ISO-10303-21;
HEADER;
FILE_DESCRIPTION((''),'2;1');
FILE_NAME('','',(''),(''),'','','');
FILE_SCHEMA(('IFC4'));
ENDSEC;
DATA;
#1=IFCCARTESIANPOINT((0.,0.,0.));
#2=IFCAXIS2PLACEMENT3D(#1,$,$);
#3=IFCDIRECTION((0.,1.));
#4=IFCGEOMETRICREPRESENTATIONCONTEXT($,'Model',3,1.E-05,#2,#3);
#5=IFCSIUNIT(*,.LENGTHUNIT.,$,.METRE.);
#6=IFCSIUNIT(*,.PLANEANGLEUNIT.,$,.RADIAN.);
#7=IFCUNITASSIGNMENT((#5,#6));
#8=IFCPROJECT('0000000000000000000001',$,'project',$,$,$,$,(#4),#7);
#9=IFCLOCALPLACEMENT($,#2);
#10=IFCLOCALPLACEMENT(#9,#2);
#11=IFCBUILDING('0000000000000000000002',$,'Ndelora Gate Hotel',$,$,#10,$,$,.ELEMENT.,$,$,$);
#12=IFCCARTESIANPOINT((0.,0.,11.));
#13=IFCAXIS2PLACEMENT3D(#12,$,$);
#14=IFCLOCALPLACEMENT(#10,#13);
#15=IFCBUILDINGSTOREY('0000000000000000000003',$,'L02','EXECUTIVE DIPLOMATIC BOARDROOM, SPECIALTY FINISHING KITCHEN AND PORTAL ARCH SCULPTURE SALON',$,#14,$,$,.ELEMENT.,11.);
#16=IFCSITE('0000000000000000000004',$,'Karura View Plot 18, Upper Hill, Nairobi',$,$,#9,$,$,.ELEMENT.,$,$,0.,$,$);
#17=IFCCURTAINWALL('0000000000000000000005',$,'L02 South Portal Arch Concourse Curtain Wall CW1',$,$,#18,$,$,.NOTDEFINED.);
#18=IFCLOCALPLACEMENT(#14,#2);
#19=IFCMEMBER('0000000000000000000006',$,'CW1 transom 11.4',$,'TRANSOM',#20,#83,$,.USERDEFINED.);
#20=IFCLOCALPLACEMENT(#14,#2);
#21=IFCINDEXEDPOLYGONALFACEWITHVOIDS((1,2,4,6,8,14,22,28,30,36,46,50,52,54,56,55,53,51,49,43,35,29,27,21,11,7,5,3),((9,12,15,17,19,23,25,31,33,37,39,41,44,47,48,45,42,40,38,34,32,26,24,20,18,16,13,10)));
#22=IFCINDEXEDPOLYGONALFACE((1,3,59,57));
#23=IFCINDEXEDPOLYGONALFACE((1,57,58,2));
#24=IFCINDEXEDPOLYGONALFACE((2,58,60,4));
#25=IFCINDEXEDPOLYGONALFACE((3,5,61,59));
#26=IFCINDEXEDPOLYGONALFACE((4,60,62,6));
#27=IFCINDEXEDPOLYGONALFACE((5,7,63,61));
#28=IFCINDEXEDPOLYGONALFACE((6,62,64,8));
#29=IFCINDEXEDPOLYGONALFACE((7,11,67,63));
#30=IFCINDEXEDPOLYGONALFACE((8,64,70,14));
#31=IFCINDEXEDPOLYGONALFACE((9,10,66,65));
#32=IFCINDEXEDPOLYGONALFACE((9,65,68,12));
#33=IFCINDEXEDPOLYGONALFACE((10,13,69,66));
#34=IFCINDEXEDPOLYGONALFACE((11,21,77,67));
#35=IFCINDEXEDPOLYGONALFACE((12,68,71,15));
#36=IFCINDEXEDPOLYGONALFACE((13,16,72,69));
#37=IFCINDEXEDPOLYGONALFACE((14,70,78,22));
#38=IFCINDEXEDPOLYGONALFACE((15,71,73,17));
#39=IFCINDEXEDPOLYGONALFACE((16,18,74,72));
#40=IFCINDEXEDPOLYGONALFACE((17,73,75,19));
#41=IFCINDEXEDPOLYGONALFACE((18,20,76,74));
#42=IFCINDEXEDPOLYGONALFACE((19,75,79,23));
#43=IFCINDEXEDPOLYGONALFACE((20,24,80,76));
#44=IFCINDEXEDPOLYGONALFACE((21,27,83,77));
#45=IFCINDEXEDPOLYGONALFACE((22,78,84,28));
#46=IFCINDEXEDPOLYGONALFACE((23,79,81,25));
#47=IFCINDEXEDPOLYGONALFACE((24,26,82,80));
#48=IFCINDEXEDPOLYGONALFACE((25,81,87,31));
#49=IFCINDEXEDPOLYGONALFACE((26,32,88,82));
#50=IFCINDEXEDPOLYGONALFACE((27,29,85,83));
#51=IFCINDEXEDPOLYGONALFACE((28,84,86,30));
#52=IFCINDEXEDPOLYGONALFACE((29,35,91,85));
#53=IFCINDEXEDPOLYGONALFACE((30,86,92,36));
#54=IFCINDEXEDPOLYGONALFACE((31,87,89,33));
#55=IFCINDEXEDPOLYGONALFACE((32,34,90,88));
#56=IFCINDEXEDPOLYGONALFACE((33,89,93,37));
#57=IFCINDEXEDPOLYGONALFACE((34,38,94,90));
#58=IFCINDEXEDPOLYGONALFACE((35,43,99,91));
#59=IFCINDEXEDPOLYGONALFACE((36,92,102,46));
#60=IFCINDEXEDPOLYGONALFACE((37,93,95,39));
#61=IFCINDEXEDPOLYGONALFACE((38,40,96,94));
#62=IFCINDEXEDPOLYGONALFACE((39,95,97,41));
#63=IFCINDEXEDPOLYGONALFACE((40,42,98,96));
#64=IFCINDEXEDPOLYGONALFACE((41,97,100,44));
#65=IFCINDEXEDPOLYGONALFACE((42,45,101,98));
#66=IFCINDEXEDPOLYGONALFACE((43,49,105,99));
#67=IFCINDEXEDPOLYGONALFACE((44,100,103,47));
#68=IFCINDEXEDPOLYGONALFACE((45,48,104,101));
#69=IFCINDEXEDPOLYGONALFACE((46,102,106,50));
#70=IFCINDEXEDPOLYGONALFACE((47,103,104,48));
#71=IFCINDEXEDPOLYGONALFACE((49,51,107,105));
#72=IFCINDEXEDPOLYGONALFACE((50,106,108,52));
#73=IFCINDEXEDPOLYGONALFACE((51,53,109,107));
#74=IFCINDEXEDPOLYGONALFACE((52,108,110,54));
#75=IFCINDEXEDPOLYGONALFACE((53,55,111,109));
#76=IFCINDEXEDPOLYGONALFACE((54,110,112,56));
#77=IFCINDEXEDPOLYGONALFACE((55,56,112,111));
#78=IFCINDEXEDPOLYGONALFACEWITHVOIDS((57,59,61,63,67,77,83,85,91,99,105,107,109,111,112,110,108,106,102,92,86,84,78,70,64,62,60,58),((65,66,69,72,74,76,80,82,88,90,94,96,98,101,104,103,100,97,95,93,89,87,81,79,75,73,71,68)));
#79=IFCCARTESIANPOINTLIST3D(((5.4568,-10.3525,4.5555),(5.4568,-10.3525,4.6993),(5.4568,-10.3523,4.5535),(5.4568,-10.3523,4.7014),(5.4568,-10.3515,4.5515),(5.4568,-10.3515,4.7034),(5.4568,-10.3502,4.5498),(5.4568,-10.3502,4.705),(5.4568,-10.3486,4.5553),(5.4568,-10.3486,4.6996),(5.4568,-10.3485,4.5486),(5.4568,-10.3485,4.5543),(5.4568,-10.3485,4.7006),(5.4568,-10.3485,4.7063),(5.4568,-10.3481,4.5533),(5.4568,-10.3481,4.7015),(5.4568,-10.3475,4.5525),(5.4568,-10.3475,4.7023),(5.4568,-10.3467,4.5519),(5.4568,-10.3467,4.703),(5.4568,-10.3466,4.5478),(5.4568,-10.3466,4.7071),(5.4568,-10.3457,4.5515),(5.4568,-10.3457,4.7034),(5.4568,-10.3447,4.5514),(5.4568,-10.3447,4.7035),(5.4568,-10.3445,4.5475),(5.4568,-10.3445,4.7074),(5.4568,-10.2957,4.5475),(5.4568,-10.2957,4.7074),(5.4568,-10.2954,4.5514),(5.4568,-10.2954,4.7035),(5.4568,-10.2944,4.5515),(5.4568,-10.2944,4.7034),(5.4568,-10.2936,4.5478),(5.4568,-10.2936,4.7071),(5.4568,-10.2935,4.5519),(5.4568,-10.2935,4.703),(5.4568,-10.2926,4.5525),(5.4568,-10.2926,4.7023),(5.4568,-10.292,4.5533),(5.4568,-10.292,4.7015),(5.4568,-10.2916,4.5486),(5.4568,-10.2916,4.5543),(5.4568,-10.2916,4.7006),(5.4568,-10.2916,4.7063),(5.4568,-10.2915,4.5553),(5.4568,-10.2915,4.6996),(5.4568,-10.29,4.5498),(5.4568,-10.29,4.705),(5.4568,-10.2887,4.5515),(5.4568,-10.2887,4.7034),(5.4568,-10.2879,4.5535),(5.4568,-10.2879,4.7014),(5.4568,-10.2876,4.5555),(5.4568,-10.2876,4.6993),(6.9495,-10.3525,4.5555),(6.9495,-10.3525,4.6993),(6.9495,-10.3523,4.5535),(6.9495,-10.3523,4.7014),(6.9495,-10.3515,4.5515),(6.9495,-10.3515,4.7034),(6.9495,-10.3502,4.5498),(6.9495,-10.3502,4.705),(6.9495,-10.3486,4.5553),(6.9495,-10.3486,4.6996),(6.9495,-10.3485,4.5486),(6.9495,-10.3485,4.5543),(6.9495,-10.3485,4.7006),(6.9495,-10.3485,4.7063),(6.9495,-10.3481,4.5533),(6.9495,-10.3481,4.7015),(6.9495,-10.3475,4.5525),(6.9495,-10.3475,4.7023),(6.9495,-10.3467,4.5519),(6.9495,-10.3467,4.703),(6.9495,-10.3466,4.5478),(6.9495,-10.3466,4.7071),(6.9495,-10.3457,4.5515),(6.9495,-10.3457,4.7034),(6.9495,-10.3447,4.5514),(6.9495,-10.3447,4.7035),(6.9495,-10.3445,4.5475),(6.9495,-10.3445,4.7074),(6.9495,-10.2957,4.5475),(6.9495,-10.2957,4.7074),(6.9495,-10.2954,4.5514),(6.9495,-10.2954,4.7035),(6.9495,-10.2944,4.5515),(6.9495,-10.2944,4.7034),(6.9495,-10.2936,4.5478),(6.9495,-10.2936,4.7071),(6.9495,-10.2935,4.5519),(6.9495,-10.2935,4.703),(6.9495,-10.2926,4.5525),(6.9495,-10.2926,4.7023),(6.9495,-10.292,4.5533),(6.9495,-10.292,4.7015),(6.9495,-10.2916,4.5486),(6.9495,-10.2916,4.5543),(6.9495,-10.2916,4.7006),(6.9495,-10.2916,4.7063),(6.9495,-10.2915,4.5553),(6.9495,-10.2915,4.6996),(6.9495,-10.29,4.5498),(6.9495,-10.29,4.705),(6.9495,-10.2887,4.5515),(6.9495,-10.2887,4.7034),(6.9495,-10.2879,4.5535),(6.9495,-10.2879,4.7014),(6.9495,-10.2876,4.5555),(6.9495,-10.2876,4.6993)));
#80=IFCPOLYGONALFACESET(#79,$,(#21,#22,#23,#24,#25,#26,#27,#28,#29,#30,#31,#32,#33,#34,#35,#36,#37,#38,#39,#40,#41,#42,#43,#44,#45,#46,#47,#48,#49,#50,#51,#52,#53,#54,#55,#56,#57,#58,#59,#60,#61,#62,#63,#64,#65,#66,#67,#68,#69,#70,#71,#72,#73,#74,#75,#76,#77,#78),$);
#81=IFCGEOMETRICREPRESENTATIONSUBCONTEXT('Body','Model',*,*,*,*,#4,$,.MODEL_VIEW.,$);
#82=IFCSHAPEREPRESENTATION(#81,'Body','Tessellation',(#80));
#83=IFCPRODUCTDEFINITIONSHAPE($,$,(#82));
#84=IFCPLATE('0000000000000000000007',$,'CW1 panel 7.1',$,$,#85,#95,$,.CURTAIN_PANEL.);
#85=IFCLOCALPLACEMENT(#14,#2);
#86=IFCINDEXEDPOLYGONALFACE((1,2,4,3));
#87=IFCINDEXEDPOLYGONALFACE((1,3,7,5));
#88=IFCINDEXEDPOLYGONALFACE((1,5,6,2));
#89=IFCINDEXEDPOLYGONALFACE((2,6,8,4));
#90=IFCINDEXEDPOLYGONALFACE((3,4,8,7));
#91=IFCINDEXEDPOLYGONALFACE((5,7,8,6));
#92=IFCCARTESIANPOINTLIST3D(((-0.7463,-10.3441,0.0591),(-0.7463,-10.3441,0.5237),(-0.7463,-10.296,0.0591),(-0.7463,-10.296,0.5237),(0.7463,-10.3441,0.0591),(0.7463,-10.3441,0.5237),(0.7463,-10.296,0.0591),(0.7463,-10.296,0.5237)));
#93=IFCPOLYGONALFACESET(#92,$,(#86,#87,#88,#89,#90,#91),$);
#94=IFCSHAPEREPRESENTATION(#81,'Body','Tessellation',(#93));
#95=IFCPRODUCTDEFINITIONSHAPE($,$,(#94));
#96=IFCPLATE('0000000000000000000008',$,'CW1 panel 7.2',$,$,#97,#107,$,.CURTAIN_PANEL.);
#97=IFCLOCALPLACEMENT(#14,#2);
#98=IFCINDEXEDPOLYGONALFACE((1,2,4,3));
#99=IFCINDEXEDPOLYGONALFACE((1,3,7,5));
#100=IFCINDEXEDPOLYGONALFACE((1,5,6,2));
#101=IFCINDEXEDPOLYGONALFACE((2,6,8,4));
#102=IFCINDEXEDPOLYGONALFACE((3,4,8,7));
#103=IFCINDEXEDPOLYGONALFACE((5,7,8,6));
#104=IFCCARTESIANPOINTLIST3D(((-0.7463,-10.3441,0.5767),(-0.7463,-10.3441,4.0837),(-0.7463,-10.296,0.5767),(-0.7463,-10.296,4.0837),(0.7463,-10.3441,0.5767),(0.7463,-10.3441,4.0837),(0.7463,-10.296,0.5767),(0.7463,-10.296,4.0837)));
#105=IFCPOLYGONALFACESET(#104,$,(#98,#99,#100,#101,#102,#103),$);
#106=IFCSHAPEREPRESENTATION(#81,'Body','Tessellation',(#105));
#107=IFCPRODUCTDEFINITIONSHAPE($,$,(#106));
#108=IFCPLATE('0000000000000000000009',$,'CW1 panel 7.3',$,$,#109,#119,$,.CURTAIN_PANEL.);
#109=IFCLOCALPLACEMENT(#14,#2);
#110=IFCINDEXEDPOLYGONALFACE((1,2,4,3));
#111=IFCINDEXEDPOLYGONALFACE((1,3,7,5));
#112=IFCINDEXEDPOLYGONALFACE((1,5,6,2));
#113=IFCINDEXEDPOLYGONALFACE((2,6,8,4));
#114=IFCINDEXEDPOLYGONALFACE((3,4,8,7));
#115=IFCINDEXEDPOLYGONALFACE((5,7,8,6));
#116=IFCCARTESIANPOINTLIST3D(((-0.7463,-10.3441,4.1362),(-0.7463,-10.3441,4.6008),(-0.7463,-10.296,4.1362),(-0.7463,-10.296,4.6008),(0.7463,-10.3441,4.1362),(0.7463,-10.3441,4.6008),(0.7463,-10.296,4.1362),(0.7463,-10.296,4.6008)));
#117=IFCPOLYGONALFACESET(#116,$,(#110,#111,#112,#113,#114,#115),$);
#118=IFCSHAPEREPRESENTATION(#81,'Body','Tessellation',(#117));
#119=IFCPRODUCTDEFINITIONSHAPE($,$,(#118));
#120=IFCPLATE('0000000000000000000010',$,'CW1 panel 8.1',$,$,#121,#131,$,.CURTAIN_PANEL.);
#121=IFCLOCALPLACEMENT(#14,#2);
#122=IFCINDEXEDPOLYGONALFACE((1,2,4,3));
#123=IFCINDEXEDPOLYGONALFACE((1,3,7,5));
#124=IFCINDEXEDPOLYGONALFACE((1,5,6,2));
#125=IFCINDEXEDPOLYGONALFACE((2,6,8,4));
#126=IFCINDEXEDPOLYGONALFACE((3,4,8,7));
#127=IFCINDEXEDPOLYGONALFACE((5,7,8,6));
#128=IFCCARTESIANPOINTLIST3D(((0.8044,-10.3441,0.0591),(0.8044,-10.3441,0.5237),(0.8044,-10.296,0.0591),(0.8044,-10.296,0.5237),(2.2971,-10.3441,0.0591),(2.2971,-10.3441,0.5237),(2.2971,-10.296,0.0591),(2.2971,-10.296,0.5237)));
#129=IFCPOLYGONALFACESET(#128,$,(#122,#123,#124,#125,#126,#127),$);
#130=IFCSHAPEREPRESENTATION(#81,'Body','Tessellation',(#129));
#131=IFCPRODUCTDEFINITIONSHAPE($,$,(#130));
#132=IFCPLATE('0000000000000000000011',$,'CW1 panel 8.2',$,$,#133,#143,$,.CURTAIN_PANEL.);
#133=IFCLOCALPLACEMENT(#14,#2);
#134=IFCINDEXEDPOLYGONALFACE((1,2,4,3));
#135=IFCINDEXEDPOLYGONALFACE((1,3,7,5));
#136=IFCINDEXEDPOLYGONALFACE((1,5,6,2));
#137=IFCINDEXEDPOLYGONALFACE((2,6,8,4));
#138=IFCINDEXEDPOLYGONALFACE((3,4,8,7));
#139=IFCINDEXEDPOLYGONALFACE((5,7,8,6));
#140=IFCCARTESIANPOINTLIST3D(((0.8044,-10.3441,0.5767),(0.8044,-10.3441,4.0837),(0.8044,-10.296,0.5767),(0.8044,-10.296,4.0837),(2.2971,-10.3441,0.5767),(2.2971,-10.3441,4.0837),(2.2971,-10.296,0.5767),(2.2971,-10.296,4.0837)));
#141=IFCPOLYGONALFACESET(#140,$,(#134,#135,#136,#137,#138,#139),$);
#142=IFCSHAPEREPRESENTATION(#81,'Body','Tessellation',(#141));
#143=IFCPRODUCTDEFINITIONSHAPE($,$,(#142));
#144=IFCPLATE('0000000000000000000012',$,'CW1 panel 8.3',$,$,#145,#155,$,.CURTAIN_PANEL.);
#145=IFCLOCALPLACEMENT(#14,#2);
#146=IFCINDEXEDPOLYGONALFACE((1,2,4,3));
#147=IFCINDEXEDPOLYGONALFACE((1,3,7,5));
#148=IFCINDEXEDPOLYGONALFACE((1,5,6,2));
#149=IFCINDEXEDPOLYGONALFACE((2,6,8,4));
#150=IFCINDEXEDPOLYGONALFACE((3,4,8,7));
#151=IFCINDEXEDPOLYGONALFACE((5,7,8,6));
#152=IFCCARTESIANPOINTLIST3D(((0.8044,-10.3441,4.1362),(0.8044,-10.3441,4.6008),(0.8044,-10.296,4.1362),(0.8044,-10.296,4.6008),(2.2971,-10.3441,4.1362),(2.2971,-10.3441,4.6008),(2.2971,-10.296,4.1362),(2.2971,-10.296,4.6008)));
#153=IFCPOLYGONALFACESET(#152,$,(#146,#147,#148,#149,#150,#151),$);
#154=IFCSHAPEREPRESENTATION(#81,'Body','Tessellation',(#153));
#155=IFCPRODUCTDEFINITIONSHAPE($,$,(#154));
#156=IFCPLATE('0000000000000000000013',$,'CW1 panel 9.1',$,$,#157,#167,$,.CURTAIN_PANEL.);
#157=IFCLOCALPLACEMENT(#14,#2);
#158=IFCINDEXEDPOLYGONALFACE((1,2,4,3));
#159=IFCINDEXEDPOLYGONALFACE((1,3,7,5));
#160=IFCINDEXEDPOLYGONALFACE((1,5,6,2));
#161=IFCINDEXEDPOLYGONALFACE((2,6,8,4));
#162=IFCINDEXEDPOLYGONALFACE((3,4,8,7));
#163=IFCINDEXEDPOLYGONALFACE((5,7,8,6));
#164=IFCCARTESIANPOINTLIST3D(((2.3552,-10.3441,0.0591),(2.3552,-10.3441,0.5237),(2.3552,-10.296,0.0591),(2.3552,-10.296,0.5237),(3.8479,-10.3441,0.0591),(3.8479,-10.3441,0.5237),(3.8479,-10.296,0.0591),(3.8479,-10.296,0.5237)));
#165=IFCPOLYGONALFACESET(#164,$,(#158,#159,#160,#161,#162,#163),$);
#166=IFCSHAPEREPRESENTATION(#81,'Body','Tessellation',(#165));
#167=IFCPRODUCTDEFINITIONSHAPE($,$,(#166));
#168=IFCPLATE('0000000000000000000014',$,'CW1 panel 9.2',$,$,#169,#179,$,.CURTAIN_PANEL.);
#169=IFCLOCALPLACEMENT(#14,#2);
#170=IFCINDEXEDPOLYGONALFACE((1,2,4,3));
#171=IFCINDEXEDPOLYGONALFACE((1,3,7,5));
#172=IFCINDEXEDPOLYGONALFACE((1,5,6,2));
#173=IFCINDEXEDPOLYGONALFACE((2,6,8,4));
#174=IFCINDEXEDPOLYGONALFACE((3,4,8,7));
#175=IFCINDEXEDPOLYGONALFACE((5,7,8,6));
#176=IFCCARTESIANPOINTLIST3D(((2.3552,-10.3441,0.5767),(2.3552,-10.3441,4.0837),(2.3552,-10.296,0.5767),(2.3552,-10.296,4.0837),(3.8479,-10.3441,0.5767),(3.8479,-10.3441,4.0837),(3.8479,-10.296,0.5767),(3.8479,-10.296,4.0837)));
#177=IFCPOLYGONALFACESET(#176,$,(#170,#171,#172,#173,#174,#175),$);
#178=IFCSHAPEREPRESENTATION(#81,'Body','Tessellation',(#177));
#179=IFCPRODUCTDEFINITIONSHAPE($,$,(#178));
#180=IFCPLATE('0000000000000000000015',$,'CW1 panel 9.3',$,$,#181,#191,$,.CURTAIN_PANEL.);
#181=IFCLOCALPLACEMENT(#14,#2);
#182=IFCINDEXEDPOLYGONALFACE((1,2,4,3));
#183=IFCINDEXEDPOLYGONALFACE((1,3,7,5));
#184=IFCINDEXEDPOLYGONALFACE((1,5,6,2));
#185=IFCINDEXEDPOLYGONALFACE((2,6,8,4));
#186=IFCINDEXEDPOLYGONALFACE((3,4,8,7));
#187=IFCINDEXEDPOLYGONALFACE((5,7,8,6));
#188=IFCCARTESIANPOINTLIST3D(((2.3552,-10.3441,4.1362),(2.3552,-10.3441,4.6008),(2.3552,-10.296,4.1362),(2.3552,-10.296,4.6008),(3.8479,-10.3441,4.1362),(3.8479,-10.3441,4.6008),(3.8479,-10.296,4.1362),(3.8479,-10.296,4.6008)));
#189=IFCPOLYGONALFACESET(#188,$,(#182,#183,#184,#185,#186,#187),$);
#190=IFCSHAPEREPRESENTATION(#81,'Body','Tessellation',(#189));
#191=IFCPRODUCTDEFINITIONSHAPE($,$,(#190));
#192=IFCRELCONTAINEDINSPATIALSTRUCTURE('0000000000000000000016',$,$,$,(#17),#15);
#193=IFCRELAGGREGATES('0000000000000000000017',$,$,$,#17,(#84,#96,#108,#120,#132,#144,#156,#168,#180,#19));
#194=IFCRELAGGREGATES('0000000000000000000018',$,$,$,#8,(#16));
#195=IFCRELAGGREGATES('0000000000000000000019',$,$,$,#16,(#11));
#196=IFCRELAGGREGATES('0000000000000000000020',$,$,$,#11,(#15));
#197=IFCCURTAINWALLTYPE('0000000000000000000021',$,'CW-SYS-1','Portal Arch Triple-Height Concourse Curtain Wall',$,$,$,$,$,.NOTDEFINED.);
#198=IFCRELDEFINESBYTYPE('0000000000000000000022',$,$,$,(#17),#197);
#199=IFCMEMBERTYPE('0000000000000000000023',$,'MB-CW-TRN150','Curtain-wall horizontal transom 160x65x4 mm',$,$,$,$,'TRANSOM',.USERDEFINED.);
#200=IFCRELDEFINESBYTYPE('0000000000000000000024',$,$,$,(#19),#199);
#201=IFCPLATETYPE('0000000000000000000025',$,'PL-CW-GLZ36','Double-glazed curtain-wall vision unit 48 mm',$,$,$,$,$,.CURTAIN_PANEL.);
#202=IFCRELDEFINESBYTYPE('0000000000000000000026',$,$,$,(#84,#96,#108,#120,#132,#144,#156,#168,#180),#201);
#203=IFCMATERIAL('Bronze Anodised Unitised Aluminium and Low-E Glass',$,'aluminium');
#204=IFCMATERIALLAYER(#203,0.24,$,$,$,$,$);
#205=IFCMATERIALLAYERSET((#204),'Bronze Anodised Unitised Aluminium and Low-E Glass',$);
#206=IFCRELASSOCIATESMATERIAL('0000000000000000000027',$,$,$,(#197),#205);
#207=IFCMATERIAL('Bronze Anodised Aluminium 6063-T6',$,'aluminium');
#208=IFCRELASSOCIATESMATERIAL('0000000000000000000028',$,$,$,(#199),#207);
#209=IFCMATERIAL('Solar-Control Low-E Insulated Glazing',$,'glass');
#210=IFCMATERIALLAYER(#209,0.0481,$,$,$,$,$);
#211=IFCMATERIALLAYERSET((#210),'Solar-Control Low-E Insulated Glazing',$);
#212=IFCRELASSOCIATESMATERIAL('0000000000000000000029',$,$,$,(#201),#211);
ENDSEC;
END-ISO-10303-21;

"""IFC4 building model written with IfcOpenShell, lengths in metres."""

from ifc_helpers import new_model, si_unit, direction, frame, origin, origin_2d, place, context, subcontext, project, spatial, rectangle, hollow_rectangle, extrude, material, layer, layer_set, material_profile, profile_set, type_object, element, aggregate, save


model = new_model("IFC4")

# Units and contexts
model_context = context("Model", 3, precision=1e-05, world=origin(), true_north=direction((0.0, 1.0)))
body_context = subcontext(model_context, "Body", "Model", "MODEL_VIEW")
ifc_project = project(units=[si_unit("LENGTHUNIT", "METRE"), si_unit("PLANEANGLEUNIT", "RADIAN")], contexts=[model_context])

# Site, building, storey
site_placement = place(None, origin())
site = spatial("IfcSite", under=ifc_project, at=site_placement, Name="Karura View Plot 18, Upper Hill, Nairobi", CompositionType="ELEMENT", RefElevation=0.0)
building_placement = place(site_placement, origin())
building = spatial("IfcBuilding", under=site, at=building_placement, Name="Ndelora Gate Hotel", CompositionType="ELEMENT")
storey_placement = place(building_placement, frame((0.0, 0.0, 11.0)))
storey = spatial("IfcBuildingStorey", under=building, at=storey_placement, Name="L02", Description="EXECUTIVE DIPLOMATIC BOARDROOM, SPECIALTY FINISHING KITCHEN AND PORTAL ARCH SCULPTURE SALON", CompositionType="ELEMENT", Elevation=11.0)

# Curtain wall, member, plates
ifc_material_1 = material(Name="Bronze Anodised Unitised Aluminium and Low-E Glass", Category="aluminium")
ifc_layer_1 = layer(ifc_material_1, 0.24)
ifc_layer_set_1 = layer_set([ifc_layer_1], Name="Bronze Anodised Unitised Aluminium and Low-E Glass")
curtain_wall_type = type_object("IfcCurtainWallType", Name="CW-SYS-1", Description="Portal Arch Triple-Height Concourse Curtain Wall", PredefinedType="NOTDEFINED", material=ifc_layer_set_1)
curtain_wall_placement = place(storey_placement, origin())
curtain_wall = element("IfcCurtainWall", 1, at=curtain_wall_placement, inside=storey, type_object=curtain_wall_type, Name="L02 South Portal Arch Concourse Curtain Wall CW1", PredefinedType="NOTDEFINED")
ifc_material_2 = material(Name="Bronze Anodised Aluminium 6063-T6", Category="aluminium")
ifc_material_profile_1 = material_profile(ifc_material_2, hollow_rectangle(XDim=0.0649, YDim=0.1599, WallThickness=0.0039, InnerFilletRadius=0.0039, OuterFilletRadius=0.0081, at=origin_2d()), Name="ALU 160x65x4")
ifc_profile_set_1 = profile_set([ifc_material_profile_1], Name="Bronze Anodised Aluminium 6063-T6")
member_type_1 = type_object("IfcMemberType", Name="MB-CW-TRN150", Description="Curtain-wall horizontal transom 160x65x4 mm", ElementType="TRANSOM", PredefinedType="USERDEFINED", material=ifc_profile_set_1)
member_1_placement = place(storey_placement, frame((5.4568, -10.3201, 4.6274), z_axis=(1.0, 0.0, 0.0), x_axis=(0.0, 1.0, 0.0)))
member_1 = element("IfcMember", 2, at=member_1_placement, type_object=member_type_1, Name="CW1 transom 11.4", ObjectType="TRANSOM", PredefinedType="USERDEFINED", context=body_context, shape_type="SweptSolid", body=[
    extrude(hollow_rectangle(XDim=0.0649, YDim=0.1599, WallThickness=0.0039, InnerFilletRadius=0.0039, OuterFilletRadius=0.0081, at=origin_2d()), origin(), (0.0, 0.0, 1.0), 1.4927),
])
ifc_material_3 = material(Name="Solar-Control Low-E Insulated Glazing", Category="glass")
ifc_layer_2 = layer(ifc_material_3, 0.0481)
ifc_layer_set_2 = layer_set([ifc_layer_2], Name="Solar-Control Low-E Insulated Glazing")
plate_type_1 = type_object("IfcPlateType", Name="PL-CW-GLZ36", Description="Double-glazed curtain-wall vision unit 48 mm", PredefinedType="CURTAIN_PANEL", material=ifc_layer_set_2)
plate_1_placement = place(storey_placement, frame((0.0, -10.3201, 0.0591), z_axis=(0.0, 0.0, 1.0), x_axis=(1.0, 0.0, 0.0)))
plate_1 = element("IfcPlate", 3, at=plate_1_placement, type_object=plate_type_1, Name="CW1 panel 7.1", PredefinedType="CURTAIN_PANEL", context=body_context, shape_type="SweptSolid", body=[
    extrude(rectangle(XDim=1.4927, YDim=0.0481, at=origin_2d()), origin(), (0.0, 0.0, 1.0), 0.4646),
])
plate_2_placement = place(storey_placement, frame((0.0, -10.3201, 0.5767), z_axis=(0.0, 0.0, 1.0), x_axis=(1.0, 0.0, 0.0)))
plate_2 = element("IfcPlate", 4, at=plate_2_placement, type_object=plate_type_1, Name="CW1 panel 7.2", PredefinedType="CURTAIN_PANEL", context=body_context, shape_type="SweptSolid", body=[
    extrude(rectangle(XDim=1.4927, YDim=0.0481, at=origin_2d()), origin(), (0.0, 0.0, 1.0), 3.5071),
])
plate_3_placement = place(storey_placement, frame((0.0, -10.3201, 4.1362), z_axis=(0.0, 0.0, 1.0), x_axis=(1.0, 0.0, 0.0)))
plate_3 = element("IfcPlate", 5, at=plate_3_placement, type_object=plate_type_1, Name="CW1 panel 7.3", PredefinedType="CURTAIN_PANEL", context=body_context, shape_type="SweptSolid", body=[
    extrude(rectangle(XDim=1.4927, YDim=0.0481, at=origin_2d()), origin(), (0.0, 0.0, 1.0), 0.4646),
])
plate_4_placement = place(storey_placement, frame((1.5508, -10.3201, 0.0591), z_axis=(0.0, 0.0, 1.0), x_axis=(1.0, 0.0, 0.0)))
plate_4 = element("IfcPlate", 6, at=plate_4_placement, type_object=plate_type_1, Name="CW1 panel 8.1", PredefinedType="CURTAIN_PANEL", context=body_context, shape_type="SweptSolid", body=[
    extrude(rectangle(XDim=1.4927, YDim=0.0481, at=origin_2d()), origin(), (0.0, 0.0, 1.0), 0.4646),
])
plate_5_placement = place(storey_placement, frame((1.5508, -10.3201, 0.5767), z_axis=(0.0, 0.0, 1.0), x_axis=(1.0, 0.0, 0.0)))
plate_5 = element("IfcPlate", 7, at=plate_5_placement, type_object=plate_type_1, Name="CW1 panel 8.2", PredefinedType="CURTAIN_PANEL", context=body_context, shape_type="SweptSolid", body=[
    extrude(rectangle(XDim=1.4927, YDim=0.0481, at=origin_2d()), origin(), (0.0, 0.0, 1.0), 3.5071),
])
plate_6_placement = place(storey_placement, frame((1.5508, -10.3201, 4.1362), z_axis=(0.0, 0.0, 1.0), x_axis=(1.0, 0.0, 0.0)))
plate_6 = element("IfcPlate", 8, at=plate_6_placement, type_object=plate_type_1, Name="CW1 panel 8.3", PredefinedType="CURTAIN_PANEL", context=body_context, shape_type="SweptSolid", body=[
    extrude(rectangle(XDim=1.4927, YDim=0.0481, at=origin_2d()), origin(), (0.0, 0.0, 1.0), 0.4646),
])
plate_7_placement = place(storey_placement, frame((3.1016, -10.3201, 0.0591), z_axis=(0.0, 0.0, 1.0), x_axis=(1.0, 0.0, 0.0)))
plate_7 = element("IfcPlate", 9, at=plate_7_placement, type_object=plate_type_1, Name="CW1 panel 9.1", PredefinedType="CURTAIN_PANEL", context=body_context, shape_type="SweptSolid", body=[
    extrude(rectangle(XDim=1.4927, YDim=0.0481, at=origin_2d()), origin(), (0.0, 0.0, 1.0), 0.4646),
])
plate_8_placement = place(storey_placement, frame((3.1016, -10.3201, 0.5767), z_axis=(0.0, 0.0, 1.0), x_axis=(1.0, 0.0, 0.0)))
plate_8 = element("IfcPlate", 10, at=plate_8_placement, type_object=plate_type_1, Name="CW1 panel 9.2", PredefinedType="CURTAIN_PANEL", context=body_context, shape_type="SweptSolid", body=[
    extrude(rectangle(XDim=1.4927, YDim=0.0481, at=origin_2d()), origin(), (0.0, 0.0, 1.0), 3.5071),
])
plate_9_placement = place(storey_placement, frame((3.1016, -10.3201, 4.1362), z_axis=(0.0, 0.0, 1.0), x_axis=(1.0, 0.0, 0.0)))
plate_9 = element("IfcPlate", 11, at=plate_9_placement, type_object=plate_type_1, Name="CW1 panel 9.3", PredefinedType="CURTAIN_PANEL", context=body_context, shape_type="SweptSolid", body=[
    extrude(rectangle(XDim=1.4927, YDim=0.0481, at=origin_2d()), origin(), (0.0, 0.0, 1.0), 0.4646),
])
aggregate(curtain_wall, [plate_1, plate_2, plate_3, plate_4, plate_5, plate_6, plate_7, plate_8, plate_9, member_1])

save(model, "model.ifc")
